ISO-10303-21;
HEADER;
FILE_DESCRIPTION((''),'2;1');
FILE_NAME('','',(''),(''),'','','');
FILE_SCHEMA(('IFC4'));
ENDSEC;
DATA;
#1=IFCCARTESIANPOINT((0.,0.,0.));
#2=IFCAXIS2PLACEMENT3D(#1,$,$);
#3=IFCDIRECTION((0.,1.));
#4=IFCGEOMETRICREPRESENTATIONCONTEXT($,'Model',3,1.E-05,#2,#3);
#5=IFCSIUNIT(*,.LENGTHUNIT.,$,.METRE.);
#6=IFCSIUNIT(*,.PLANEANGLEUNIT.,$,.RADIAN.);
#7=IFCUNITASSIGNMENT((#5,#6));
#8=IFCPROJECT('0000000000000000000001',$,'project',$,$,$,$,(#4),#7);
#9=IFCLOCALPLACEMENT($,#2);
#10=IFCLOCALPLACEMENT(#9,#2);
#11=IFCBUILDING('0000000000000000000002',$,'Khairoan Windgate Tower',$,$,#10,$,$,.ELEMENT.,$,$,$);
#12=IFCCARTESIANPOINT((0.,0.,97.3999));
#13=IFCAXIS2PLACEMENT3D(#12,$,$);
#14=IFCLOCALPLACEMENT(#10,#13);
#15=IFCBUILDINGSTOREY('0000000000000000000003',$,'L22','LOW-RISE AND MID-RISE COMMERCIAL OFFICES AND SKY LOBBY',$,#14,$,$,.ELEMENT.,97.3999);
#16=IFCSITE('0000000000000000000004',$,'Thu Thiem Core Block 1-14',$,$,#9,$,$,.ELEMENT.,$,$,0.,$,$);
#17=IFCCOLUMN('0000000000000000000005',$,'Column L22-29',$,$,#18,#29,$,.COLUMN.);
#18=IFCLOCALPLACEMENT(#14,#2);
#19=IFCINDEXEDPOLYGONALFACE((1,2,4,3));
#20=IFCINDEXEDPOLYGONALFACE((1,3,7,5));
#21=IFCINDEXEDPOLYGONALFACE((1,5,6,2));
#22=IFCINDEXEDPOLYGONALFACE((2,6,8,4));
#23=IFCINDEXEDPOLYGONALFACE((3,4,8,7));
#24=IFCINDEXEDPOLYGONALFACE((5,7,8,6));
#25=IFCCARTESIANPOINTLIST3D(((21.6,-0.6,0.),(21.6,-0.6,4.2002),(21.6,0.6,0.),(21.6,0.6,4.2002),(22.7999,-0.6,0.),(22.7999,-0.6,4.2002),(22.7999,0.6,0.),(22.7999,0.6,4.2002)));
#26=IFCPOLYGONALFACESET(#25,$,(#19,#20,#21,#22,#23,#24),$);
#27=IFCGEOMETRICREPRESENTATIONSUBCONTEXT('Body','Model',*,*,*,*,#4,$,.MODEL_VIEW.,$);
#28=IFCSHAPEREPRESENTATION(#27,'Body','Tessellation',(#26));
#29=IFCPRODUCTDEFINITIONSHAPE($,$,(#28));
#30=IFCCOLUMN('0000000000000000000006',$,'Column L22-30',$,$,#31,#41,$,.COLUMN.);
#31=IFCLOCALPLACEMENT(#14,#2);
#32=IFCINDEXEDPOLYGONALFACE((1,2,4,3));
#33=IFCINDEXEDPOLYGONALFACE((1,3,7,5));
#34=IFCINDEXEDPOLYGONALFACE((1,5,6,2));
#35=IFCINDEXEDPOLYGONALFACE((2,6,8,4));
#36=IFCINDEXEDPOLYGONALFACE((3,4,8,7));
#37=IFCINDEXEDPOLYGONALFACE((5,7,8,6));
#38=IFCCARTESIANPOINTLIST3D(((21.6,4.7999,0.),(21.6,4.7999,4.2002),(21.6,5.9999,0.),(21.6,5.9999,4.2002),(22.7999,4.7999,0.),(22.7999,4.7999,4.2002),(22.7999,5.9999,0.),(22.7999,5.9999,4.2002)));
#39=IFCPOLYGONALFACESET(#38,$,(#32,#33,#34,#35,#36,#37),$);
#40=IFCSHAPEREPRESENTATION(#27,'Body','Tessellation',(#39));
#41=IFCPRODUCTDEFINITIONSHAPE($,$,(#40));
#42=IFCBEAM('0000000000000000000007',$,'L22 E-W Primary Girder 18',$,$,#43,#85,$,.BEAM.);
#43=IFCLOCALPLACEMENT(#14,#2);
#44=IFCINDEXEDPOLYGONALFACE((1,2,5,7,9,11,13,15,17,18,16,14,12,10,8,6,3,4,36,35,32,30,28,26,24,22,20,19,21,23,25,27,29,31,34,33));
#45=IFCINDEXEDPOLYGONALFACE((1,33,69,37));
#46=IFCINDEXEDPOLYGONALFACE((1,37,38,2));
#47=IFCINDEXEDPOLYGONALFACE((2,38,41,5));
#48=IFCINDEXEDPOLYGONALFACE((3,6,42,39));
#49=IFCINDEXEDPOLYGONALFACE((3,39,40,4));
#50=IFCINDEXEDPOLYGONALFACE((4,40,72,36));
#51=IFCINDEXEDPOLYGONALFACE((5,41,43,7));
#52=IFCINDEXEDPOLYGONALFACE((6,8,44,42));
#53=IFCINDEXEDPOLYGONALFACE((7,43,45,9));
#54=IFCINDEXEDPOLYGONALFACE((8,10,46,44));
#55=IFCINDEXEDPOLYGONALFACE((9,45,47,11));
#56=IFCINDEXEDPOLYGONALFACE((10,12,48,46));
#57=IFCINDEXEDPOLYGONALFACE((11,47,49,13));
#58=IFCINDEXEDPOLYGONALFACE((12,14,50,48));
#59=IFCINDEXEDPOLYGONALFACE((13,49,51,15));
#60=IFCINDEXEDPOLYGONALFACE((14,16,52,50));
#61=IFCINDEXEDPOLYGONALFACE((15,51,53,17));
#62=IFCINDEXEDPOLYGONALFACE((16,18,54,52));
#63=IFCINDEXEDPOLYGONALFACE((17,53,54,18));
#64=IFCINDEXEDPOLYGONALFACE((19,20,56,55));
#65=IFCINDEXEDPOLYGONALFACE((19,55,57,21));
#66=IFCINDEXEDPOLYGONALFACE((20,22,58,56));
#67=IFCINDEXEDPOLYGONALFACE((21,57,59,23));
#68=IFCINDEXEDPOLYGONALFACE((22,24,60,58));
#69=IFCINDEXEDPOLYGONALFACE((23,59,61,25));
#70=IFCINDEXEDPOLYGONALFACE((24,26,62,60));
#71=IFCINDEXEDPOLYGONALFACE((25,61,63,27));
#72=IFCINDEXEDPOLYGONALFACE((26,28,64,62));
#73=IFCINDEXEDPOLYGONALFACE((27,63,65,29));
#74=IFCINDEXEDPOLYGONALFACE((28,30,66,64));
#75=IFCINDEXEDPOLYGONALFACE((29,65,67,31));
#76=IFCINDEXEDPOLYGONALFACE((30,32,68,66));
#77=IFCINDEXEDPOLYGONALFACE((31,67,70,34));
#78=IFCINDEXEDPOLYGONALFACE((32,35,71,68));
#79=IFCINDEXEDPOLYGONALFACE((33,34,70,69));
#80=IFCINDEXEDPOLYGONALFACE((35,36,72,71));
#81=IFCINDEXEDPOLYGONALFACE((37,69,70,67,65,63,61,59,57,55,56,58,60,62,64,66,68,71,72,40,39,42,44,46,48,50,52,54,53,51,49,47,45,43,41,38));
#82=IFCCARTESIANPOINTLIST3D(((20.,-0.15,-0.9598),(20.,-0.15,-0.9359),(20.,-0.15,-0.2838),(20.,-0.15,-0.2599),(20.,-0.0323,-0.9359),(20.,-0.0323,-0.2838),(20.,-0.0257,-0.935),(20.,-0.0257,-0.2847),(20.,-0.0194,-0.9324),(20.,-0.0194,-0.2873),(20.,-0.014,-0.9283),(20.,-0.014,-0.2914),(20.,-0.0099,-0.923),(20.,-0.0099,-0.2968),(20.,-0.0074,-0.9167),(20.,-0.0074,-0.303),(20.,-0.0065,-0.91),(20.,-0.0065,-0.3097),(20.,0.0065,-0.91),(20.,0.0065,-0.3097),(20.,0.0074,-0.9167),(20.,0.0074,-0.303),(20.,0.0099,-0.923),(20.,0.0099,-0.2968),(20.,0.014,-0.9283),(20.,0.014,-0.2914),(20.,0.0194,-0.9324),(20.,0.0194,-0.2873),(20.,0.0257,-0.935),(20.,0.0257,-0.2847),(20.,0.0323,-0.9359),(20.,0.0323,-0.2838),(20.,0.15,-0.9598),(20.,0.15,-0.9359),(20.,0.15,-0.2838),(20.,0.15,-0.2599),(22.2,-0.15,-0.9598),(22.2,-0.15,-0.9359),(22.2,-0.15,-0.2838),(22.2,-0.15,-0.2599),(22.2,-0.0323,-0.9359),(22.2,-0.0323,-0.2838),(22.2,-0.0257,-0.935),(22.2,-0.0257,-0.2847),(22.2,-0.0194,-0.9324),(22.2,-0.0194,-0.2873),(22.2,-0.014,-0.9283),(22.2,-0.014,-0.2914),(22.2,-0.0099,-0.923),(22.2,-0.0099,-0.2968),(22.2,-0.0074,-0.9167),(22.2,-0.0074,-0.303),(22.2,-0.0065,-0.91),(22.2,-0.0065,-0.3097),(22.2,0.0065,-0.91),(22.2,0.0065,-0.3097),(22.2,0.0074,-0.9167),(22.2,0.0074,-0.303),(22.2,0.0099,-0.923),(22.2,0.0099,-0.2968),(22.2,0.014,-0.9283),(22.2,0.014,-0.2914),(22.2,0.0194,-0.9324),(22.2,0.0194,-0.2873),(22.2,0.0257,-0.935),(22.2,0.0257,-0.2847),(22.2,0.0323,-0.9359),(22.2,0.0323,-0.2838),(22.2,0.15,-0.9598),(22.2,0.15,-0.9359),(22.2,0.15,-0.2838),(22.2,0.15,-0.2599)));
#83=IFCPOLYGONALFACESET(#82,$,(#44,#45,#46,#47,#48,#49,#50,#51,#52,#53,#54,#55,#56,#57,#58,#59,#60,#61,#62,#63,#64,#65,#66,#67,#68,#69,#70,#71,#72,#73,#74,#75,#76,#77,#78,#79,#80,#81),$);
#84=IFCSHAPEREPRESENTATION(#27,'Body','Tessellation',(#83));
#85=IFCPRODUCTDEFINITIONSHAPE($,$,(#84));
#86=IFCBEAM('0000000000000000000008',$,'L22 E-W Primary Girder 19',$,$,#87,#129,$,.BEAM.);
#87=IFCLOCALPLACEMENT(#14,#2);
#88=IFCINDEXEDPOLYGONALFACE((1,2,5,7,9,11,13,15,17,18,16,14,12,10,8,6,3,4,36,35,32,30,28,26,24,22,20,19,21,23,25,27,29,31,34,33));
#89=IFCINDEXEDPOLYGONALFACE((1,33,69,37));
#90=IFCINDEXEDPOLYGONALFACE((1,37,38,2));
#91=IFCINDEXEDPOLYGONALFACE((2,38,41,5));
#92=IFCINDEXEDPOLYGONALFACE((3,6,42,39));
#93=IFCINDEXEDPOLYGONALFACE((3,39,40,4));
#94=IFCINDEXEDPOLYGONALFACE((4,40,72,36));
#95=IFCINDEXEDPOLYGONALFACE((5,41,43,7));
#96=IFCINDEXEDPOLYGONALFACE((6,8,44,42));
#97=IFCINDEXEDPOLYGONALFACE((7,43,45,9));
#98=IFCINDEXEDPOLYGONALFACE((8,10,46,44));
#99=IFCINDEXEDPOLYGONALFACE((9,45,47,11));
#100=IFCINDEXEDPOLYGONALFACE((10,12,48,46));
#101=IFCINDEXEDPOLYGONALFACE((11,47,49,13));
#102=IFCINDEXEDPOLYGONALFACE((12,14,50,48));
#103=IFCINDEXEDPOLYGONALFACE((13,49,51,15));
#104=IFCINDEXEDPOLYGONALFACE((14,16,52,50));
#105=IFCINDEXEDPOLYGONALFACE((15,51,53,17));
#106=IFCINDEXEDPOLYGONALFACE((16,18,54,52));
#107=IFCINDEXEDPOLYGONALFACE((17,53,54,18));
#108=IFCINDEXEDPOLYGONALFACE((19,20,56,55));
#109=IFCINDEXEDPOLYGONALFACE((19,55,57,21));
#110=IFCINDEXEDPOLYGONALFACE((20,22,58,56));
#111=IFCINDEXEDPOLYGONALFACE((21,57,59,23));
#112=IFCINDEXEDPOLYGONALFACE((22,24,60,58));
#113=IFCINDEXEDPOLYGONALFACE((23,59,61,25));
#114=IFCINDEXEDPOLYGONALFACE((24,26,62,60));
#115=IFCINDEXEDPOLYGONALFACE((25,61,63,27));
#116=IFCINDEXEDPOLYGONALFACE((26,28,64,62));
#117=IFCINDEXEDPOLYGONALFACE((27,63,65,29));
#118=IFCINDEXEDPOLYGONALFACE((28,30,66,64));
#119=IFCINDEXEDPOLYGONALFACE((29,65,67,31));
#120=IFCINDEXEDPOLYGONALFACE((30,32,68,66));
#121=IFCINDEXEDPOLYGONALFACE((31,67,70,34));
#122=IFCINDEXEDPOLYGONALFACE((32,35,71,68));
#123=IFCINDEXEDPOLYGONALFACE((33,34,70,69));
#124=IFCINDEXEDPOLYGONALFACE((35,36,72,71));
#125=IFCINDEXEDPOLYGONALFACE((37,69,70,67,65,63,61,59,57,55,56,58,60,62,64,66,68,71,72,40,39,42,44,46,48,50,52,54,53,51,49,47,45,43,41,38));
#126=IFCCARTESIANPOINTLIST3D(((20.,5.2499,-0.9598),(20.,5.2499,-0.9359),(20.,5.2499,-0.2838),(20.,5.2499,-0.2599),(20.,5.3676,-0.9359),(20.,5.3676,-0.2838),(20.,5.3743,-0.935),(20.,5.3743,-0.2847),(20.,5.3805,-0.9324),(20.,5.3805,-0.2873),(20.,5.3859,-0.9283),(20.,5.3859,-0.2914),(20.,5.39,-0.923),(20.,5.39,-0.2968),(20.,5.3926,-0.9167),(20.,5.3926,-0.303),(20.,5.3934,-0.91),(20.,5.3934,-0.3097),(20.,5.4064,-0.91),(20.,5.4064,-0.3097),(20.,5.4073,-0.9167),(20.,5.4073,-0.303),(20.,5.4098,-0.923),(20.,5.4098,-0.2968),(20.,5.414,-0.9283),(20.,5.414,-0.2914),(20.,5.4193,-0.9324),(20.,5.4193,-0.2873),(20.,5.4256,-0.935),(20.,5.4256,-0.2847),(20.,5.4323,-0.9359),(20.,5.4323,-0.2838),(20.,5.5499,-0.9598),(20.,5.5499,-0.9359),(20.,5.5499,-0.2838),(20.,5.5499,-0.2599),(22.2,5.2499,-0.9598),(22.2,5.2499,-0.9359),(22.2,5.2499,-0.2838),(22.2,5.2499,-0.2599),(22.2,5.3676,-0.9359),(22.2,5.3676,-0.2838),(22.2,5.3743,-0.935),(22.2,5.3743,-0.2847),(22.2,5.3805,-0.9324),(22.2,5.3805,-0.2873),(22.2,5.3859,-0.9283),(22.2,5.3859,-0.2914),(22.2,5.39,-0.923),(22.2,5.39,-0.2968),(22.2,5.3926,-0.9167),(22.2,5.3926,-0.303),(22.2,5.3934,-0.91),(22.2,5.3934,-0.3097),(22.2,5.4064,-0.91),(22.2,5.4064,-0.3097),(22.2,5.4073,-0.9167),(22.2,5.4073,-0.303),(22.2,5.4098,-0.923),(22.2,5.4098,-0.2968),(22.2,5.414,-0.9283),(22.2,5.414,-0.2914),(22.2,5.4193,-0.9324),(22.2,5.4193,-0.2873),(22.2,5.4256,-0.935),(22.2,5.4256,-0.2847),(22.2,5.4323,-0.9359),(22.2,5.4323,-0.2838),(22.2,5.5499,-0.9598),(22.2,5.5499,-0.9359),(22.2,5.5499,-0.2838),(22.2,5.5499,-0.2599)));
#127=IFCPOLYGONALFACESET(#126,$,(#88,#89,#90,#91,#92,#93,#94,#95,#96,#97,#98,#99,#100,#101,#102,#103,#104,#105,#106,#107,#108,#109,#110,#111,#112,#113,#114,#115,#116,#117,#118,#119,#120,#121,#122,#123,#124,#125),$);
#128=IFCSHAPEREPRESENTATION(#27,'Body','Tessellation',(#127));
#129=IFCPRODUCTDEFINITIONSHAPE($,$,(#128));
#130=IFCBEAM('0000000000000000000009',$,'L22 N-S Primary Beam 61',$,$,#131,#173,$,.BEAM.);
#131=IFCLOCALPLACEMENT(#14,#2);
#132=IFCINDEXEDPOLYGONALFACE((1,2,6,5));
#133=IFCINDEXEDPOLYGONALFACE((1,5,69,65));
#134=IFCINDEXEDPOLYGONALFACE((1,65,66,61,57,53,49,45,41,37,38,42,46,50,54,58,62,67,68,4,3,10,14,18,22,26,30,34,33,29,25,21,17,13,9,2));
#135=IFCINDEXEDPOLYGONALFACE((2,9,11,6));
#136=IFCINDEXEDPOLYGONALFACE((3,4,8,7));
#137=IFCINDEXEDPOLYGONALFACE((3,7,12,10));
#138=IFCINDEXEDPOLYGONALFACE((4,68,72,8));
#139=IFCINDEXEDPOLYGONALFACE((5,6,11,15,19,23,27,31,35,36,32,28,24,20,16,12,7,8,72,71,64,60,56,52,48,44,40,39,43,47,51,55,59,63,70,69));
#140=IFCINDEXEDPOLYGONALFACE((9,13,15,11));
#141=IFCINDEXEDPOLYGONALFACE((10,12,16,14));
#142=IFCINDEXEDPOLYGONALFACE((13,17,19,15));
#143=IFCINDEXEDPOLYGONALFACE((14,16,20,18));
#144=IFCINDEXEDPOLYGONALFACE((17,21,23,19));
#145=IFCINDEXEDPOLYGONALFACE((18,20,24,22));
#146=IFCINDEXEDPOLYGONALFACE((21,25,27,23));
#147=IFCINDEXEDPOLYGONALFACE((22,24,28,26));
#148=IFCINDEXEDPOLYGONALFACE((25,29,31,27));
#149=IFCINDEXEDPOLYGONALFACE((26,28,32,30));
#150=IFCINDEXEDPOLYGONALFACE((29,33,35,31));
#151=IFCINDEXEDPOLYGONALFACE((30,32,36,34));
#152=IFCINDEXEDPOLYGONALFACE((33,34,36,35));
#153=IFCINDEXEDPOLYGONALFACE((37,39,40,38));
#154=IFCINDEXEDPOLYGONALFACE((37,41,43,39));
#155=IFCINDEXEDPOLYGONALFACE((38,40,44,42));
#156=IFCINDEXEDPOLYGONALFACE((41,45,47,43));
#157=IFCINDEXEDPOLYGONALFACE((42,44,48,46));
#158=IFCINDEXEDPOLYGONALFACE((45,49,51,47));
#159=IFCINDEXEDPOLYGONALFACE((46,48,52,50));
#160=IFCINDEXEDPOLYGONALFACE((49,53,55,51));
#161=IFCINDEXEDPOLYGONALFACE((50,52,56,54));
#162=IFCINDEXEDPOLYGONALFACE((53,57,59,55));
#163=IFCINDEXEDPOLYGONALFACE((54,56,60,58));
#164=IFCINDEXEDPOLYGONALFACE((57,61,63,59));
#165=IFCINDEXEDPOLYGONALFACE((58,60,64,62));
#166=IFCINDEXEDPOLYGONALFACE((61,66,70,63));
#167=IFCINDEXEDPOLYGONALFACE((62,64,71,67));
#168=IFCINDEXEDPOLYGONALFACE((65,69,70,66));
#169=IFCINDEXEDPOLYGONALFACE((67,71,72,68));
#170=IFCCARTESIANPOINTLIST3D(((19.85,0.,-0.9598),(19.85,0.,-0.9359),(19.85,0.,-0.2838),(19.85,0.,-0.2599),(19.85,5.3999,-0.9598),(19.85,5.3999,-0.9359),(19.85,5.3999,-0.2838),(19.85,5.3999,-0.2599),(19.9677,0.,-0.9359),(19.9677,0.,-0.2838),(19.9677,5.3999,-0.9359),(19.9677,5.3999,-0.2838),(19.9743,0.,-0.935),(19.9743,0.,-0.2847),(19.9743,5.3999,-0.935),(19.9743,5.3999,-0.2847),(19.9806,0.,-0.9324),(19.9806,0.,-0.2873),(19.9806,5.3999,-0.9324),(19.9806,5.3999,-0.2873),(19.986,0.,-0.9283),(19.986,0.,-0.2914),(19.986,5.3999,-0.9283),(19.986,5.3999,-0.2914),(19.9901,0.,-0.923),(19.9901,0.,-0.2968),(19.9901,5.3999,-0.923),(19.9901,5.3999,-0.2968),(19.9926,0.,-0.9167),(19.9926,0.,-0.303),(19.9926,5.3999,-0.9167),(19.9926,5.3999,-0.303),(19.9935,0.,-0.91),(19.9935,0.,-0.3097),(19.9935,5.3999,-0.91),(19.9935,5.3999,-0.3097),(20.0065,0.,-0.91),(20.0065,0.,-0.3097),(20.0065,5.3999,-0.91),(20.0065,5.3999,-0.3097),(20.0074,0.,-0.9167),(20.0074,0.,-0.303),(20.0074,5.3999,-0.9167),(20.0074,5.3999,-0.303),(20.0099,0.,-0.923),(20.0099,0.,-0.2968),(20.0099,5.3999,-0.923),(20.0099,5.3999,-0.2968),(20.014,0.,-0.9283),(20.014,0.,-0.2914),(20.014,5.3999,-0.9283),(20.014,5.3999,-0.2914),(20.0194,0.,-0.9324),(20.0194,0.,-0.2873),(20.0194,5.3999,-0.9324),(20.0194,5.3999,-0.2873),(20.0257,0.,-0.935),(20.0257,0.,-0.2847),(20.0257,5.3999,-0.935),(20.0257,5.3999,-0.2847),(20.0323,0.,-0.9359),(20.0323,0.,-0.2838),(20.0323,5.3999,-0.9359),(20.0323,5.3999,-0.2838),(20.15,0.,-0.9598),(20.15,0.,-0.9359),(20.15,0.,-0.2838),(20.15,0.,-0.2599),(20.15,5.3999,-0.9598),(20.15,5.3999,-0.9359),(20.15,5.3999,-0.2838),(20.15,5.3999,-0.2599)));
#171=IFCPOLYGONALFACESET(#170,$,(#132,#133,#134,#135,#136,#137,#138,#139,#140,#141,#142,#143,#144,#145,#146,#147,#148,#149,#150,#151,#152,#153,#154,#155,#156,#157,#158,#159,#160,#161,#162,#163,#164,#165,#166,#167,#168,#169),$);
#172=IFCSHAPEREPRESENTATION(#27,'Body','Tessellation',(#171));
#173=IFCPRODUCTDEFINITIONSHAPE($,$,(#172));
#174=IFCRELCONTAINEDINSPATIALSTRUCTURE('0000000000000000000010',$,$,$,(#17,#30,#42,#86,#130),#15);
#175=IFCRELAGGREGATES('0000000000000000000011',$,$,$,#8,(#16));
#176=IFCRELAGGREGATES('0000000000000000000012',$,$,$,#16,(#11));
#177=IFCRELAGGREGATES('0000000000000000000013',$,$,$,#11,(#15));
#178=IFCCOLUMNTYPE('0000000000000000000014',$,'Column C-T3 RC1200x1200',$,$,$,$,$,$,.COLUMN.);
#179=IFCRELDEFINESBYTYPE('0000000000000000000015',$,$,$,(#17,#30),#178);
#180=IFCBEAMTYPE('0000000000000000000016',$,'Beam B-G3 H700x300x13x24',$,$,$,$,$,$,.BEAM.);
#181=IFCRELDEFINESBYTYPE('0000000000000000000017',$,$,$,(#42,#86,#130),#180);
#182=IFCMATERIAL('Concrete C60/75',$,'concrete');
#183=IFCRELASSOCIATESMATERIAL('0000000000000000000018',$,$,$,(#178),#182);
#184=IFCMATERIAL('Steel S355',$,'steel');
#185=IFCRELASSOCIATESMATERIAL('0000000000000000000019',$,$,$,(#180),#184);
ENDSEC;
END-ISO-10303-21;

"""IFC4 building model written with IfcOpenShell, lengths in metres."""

from ifc_helpers import new_model, si_unit, direction, frame, origin, origin_2d, place, context, subcontext, project, spatial, rectangle, i_section, extrude, material, material_profile, profile_set, type_object, element, save


model = new_model("IFC4")

# Units and contexts
model_context = context("Model", 3, precision=1e-05, world=origin(), true_north=direction((0.0, 1.0)))
body_context = subcontext(model_context, "Body", "Model", "MODEL_VIEW")
ifc_project = project(units=[si_unit("LENGTHUNIT", "METRE"), si_unit("PLANEANGLEUNIT", "RADIAN")], contexts=[model_context])

# Site, building, storey
site_placement = place(None, origin())
site = spatial("IfcSite", under=ifc_project, at=site_placement, Name="Thu Thiem Core Block 1-14", CompositionType="ELEMENT", RefElevation=0.0)
building_placement = place(site_placement, origin())
building = spatial("IfcBuilding", under=site, at=building_placement, Name="Khairoan Windgate Tower", CompositionType="ELEMENT")
storey_placement = place(building_placement, frame((0.0, 0.0, 97.3999)))
storey = spatial("IfcBuildingStorey", under=building, at=storey_placement, Name="L22", Description="LOW-RISE AND MID-RISE COMMERCIAL OFFICES AND SKY LOBBY", CompositionType="ELEMENT", Elevation=97.3999)

# Columns
ifc_material_1 = material(Name="Concrete C60/75", Category="concrete")
ifc_material_profile_1 = material_profile(ifc_material_1, rectangle(XDim=1.2, YDim=1.2, at=origin_2d()))
ifc_profile_set_1 = profile_set([ifc_material_profile_1], Name="Concrete C60/75")
column_type = type_object("IfcColumnType", Name="Column C-T3 RC1200x1200", PredefinedType="COLUMN", material=ifc_profile_set_1)
for number, where, z_axis, x_axis, name in (
    (1, (22.2, 0.0, 0.0), (0.0, 0.0, 1.0), (1.0, 0.0, 0.0), "Column L22-29"),
    (2, (22.2, 5.3999, 0.0), (0.0, 0.0, 1.0), (1.0, 0.0, 0.0), "Column L22-30"),
):
    element("IfcColumn", number, at=place(storey_placement, frame(where, z_axis=z_axis, x_axis=x_axis)), inside=storey, type_object=column_type, Name=name, PredefinedType="COLUMN", context=body_context, shape_type="SweptSolid", body=[
        extrude(rectangle(XDim=1.2, YDim=1.2, at=origin_2d()), origin(), (0.0, 0.0, 1.0), 4.2002),
    ])

# Beams
ifc_material_2 = material(Name="Steel S355", Category="steel")
ifc_material_profile_2 = material_profile(ifc_material_2, i_section(OverallWidth=0.3, OverallDepth=0.7, WebThickness=0.0129, FlangeThickness=0.0239, FilletRadius=0.0259, at=origin_2d()))
ifc_profile_set_2 = profile_set([ifc_material_profile_2], Name="Steel S355")
beam_type_1 = type_object("IfcBeamType", Name="Beam B-G3 H700x300x13x24", PredefinedType="BEAM", material=ifc_profile_set_2)
for number, where, z_axis, x_axis, name in (
    (3, (20.0, 0.0, -0.6099), (1.0, 0.0, 0.0), (0.0, 1.0, 0.0), "L22 E-W Primary Girder 18"),
    (4, (20.0, 5.3999, -0.6099), (1.0, 0.0, 0.0), (0.0, 1.0, 0.0), "L22 E-W Primary Girder 19"),
):
    element("IfcBeam", number, at=place(storey_placement, frame(where, z_axis=z_axis, x_axis=x_axis)), inside=storey, type_object=beam_type_1, Name=name, PredefinedType="BEAM", context=body_context, shape_type="SweptSolid", body=[
        extrude(i_section(OverallWidth=0.3, OverallDepth=0.7, WebThickness=0.0129, FlangeThickness=0.0239, FilletRadius=0.0259, at=origin_2d()), origin(), (0.0, 0.0, 1.0), 2.2),
    ])
beam_1_placement = place(storey_placement, frame((20.0, 0.0, -0.6099), z_axis=(0.0, 1.0, 0.0), x_axis=(-1.0, 0.0, 0.0)))
element("IfcBeam", 5, at=beam_1_placement, inside=storey, type_object=beam_type_1, Name="L22 N-S Primary Beam 61", PredefinedType="BEAM", context=body_context, shape_type="SweptSolid", body=[
    extrude(i_section(OverallWidth=0.3, OverallDepth=0.7, WebThickness=0.0129, FlangeThickness=0.0239, FilletRadius=0.0259, at=origin_2d()), origin(), (0.0, 0.0, 1.0), 5.3999),
])

save(model, "model.ifc")
